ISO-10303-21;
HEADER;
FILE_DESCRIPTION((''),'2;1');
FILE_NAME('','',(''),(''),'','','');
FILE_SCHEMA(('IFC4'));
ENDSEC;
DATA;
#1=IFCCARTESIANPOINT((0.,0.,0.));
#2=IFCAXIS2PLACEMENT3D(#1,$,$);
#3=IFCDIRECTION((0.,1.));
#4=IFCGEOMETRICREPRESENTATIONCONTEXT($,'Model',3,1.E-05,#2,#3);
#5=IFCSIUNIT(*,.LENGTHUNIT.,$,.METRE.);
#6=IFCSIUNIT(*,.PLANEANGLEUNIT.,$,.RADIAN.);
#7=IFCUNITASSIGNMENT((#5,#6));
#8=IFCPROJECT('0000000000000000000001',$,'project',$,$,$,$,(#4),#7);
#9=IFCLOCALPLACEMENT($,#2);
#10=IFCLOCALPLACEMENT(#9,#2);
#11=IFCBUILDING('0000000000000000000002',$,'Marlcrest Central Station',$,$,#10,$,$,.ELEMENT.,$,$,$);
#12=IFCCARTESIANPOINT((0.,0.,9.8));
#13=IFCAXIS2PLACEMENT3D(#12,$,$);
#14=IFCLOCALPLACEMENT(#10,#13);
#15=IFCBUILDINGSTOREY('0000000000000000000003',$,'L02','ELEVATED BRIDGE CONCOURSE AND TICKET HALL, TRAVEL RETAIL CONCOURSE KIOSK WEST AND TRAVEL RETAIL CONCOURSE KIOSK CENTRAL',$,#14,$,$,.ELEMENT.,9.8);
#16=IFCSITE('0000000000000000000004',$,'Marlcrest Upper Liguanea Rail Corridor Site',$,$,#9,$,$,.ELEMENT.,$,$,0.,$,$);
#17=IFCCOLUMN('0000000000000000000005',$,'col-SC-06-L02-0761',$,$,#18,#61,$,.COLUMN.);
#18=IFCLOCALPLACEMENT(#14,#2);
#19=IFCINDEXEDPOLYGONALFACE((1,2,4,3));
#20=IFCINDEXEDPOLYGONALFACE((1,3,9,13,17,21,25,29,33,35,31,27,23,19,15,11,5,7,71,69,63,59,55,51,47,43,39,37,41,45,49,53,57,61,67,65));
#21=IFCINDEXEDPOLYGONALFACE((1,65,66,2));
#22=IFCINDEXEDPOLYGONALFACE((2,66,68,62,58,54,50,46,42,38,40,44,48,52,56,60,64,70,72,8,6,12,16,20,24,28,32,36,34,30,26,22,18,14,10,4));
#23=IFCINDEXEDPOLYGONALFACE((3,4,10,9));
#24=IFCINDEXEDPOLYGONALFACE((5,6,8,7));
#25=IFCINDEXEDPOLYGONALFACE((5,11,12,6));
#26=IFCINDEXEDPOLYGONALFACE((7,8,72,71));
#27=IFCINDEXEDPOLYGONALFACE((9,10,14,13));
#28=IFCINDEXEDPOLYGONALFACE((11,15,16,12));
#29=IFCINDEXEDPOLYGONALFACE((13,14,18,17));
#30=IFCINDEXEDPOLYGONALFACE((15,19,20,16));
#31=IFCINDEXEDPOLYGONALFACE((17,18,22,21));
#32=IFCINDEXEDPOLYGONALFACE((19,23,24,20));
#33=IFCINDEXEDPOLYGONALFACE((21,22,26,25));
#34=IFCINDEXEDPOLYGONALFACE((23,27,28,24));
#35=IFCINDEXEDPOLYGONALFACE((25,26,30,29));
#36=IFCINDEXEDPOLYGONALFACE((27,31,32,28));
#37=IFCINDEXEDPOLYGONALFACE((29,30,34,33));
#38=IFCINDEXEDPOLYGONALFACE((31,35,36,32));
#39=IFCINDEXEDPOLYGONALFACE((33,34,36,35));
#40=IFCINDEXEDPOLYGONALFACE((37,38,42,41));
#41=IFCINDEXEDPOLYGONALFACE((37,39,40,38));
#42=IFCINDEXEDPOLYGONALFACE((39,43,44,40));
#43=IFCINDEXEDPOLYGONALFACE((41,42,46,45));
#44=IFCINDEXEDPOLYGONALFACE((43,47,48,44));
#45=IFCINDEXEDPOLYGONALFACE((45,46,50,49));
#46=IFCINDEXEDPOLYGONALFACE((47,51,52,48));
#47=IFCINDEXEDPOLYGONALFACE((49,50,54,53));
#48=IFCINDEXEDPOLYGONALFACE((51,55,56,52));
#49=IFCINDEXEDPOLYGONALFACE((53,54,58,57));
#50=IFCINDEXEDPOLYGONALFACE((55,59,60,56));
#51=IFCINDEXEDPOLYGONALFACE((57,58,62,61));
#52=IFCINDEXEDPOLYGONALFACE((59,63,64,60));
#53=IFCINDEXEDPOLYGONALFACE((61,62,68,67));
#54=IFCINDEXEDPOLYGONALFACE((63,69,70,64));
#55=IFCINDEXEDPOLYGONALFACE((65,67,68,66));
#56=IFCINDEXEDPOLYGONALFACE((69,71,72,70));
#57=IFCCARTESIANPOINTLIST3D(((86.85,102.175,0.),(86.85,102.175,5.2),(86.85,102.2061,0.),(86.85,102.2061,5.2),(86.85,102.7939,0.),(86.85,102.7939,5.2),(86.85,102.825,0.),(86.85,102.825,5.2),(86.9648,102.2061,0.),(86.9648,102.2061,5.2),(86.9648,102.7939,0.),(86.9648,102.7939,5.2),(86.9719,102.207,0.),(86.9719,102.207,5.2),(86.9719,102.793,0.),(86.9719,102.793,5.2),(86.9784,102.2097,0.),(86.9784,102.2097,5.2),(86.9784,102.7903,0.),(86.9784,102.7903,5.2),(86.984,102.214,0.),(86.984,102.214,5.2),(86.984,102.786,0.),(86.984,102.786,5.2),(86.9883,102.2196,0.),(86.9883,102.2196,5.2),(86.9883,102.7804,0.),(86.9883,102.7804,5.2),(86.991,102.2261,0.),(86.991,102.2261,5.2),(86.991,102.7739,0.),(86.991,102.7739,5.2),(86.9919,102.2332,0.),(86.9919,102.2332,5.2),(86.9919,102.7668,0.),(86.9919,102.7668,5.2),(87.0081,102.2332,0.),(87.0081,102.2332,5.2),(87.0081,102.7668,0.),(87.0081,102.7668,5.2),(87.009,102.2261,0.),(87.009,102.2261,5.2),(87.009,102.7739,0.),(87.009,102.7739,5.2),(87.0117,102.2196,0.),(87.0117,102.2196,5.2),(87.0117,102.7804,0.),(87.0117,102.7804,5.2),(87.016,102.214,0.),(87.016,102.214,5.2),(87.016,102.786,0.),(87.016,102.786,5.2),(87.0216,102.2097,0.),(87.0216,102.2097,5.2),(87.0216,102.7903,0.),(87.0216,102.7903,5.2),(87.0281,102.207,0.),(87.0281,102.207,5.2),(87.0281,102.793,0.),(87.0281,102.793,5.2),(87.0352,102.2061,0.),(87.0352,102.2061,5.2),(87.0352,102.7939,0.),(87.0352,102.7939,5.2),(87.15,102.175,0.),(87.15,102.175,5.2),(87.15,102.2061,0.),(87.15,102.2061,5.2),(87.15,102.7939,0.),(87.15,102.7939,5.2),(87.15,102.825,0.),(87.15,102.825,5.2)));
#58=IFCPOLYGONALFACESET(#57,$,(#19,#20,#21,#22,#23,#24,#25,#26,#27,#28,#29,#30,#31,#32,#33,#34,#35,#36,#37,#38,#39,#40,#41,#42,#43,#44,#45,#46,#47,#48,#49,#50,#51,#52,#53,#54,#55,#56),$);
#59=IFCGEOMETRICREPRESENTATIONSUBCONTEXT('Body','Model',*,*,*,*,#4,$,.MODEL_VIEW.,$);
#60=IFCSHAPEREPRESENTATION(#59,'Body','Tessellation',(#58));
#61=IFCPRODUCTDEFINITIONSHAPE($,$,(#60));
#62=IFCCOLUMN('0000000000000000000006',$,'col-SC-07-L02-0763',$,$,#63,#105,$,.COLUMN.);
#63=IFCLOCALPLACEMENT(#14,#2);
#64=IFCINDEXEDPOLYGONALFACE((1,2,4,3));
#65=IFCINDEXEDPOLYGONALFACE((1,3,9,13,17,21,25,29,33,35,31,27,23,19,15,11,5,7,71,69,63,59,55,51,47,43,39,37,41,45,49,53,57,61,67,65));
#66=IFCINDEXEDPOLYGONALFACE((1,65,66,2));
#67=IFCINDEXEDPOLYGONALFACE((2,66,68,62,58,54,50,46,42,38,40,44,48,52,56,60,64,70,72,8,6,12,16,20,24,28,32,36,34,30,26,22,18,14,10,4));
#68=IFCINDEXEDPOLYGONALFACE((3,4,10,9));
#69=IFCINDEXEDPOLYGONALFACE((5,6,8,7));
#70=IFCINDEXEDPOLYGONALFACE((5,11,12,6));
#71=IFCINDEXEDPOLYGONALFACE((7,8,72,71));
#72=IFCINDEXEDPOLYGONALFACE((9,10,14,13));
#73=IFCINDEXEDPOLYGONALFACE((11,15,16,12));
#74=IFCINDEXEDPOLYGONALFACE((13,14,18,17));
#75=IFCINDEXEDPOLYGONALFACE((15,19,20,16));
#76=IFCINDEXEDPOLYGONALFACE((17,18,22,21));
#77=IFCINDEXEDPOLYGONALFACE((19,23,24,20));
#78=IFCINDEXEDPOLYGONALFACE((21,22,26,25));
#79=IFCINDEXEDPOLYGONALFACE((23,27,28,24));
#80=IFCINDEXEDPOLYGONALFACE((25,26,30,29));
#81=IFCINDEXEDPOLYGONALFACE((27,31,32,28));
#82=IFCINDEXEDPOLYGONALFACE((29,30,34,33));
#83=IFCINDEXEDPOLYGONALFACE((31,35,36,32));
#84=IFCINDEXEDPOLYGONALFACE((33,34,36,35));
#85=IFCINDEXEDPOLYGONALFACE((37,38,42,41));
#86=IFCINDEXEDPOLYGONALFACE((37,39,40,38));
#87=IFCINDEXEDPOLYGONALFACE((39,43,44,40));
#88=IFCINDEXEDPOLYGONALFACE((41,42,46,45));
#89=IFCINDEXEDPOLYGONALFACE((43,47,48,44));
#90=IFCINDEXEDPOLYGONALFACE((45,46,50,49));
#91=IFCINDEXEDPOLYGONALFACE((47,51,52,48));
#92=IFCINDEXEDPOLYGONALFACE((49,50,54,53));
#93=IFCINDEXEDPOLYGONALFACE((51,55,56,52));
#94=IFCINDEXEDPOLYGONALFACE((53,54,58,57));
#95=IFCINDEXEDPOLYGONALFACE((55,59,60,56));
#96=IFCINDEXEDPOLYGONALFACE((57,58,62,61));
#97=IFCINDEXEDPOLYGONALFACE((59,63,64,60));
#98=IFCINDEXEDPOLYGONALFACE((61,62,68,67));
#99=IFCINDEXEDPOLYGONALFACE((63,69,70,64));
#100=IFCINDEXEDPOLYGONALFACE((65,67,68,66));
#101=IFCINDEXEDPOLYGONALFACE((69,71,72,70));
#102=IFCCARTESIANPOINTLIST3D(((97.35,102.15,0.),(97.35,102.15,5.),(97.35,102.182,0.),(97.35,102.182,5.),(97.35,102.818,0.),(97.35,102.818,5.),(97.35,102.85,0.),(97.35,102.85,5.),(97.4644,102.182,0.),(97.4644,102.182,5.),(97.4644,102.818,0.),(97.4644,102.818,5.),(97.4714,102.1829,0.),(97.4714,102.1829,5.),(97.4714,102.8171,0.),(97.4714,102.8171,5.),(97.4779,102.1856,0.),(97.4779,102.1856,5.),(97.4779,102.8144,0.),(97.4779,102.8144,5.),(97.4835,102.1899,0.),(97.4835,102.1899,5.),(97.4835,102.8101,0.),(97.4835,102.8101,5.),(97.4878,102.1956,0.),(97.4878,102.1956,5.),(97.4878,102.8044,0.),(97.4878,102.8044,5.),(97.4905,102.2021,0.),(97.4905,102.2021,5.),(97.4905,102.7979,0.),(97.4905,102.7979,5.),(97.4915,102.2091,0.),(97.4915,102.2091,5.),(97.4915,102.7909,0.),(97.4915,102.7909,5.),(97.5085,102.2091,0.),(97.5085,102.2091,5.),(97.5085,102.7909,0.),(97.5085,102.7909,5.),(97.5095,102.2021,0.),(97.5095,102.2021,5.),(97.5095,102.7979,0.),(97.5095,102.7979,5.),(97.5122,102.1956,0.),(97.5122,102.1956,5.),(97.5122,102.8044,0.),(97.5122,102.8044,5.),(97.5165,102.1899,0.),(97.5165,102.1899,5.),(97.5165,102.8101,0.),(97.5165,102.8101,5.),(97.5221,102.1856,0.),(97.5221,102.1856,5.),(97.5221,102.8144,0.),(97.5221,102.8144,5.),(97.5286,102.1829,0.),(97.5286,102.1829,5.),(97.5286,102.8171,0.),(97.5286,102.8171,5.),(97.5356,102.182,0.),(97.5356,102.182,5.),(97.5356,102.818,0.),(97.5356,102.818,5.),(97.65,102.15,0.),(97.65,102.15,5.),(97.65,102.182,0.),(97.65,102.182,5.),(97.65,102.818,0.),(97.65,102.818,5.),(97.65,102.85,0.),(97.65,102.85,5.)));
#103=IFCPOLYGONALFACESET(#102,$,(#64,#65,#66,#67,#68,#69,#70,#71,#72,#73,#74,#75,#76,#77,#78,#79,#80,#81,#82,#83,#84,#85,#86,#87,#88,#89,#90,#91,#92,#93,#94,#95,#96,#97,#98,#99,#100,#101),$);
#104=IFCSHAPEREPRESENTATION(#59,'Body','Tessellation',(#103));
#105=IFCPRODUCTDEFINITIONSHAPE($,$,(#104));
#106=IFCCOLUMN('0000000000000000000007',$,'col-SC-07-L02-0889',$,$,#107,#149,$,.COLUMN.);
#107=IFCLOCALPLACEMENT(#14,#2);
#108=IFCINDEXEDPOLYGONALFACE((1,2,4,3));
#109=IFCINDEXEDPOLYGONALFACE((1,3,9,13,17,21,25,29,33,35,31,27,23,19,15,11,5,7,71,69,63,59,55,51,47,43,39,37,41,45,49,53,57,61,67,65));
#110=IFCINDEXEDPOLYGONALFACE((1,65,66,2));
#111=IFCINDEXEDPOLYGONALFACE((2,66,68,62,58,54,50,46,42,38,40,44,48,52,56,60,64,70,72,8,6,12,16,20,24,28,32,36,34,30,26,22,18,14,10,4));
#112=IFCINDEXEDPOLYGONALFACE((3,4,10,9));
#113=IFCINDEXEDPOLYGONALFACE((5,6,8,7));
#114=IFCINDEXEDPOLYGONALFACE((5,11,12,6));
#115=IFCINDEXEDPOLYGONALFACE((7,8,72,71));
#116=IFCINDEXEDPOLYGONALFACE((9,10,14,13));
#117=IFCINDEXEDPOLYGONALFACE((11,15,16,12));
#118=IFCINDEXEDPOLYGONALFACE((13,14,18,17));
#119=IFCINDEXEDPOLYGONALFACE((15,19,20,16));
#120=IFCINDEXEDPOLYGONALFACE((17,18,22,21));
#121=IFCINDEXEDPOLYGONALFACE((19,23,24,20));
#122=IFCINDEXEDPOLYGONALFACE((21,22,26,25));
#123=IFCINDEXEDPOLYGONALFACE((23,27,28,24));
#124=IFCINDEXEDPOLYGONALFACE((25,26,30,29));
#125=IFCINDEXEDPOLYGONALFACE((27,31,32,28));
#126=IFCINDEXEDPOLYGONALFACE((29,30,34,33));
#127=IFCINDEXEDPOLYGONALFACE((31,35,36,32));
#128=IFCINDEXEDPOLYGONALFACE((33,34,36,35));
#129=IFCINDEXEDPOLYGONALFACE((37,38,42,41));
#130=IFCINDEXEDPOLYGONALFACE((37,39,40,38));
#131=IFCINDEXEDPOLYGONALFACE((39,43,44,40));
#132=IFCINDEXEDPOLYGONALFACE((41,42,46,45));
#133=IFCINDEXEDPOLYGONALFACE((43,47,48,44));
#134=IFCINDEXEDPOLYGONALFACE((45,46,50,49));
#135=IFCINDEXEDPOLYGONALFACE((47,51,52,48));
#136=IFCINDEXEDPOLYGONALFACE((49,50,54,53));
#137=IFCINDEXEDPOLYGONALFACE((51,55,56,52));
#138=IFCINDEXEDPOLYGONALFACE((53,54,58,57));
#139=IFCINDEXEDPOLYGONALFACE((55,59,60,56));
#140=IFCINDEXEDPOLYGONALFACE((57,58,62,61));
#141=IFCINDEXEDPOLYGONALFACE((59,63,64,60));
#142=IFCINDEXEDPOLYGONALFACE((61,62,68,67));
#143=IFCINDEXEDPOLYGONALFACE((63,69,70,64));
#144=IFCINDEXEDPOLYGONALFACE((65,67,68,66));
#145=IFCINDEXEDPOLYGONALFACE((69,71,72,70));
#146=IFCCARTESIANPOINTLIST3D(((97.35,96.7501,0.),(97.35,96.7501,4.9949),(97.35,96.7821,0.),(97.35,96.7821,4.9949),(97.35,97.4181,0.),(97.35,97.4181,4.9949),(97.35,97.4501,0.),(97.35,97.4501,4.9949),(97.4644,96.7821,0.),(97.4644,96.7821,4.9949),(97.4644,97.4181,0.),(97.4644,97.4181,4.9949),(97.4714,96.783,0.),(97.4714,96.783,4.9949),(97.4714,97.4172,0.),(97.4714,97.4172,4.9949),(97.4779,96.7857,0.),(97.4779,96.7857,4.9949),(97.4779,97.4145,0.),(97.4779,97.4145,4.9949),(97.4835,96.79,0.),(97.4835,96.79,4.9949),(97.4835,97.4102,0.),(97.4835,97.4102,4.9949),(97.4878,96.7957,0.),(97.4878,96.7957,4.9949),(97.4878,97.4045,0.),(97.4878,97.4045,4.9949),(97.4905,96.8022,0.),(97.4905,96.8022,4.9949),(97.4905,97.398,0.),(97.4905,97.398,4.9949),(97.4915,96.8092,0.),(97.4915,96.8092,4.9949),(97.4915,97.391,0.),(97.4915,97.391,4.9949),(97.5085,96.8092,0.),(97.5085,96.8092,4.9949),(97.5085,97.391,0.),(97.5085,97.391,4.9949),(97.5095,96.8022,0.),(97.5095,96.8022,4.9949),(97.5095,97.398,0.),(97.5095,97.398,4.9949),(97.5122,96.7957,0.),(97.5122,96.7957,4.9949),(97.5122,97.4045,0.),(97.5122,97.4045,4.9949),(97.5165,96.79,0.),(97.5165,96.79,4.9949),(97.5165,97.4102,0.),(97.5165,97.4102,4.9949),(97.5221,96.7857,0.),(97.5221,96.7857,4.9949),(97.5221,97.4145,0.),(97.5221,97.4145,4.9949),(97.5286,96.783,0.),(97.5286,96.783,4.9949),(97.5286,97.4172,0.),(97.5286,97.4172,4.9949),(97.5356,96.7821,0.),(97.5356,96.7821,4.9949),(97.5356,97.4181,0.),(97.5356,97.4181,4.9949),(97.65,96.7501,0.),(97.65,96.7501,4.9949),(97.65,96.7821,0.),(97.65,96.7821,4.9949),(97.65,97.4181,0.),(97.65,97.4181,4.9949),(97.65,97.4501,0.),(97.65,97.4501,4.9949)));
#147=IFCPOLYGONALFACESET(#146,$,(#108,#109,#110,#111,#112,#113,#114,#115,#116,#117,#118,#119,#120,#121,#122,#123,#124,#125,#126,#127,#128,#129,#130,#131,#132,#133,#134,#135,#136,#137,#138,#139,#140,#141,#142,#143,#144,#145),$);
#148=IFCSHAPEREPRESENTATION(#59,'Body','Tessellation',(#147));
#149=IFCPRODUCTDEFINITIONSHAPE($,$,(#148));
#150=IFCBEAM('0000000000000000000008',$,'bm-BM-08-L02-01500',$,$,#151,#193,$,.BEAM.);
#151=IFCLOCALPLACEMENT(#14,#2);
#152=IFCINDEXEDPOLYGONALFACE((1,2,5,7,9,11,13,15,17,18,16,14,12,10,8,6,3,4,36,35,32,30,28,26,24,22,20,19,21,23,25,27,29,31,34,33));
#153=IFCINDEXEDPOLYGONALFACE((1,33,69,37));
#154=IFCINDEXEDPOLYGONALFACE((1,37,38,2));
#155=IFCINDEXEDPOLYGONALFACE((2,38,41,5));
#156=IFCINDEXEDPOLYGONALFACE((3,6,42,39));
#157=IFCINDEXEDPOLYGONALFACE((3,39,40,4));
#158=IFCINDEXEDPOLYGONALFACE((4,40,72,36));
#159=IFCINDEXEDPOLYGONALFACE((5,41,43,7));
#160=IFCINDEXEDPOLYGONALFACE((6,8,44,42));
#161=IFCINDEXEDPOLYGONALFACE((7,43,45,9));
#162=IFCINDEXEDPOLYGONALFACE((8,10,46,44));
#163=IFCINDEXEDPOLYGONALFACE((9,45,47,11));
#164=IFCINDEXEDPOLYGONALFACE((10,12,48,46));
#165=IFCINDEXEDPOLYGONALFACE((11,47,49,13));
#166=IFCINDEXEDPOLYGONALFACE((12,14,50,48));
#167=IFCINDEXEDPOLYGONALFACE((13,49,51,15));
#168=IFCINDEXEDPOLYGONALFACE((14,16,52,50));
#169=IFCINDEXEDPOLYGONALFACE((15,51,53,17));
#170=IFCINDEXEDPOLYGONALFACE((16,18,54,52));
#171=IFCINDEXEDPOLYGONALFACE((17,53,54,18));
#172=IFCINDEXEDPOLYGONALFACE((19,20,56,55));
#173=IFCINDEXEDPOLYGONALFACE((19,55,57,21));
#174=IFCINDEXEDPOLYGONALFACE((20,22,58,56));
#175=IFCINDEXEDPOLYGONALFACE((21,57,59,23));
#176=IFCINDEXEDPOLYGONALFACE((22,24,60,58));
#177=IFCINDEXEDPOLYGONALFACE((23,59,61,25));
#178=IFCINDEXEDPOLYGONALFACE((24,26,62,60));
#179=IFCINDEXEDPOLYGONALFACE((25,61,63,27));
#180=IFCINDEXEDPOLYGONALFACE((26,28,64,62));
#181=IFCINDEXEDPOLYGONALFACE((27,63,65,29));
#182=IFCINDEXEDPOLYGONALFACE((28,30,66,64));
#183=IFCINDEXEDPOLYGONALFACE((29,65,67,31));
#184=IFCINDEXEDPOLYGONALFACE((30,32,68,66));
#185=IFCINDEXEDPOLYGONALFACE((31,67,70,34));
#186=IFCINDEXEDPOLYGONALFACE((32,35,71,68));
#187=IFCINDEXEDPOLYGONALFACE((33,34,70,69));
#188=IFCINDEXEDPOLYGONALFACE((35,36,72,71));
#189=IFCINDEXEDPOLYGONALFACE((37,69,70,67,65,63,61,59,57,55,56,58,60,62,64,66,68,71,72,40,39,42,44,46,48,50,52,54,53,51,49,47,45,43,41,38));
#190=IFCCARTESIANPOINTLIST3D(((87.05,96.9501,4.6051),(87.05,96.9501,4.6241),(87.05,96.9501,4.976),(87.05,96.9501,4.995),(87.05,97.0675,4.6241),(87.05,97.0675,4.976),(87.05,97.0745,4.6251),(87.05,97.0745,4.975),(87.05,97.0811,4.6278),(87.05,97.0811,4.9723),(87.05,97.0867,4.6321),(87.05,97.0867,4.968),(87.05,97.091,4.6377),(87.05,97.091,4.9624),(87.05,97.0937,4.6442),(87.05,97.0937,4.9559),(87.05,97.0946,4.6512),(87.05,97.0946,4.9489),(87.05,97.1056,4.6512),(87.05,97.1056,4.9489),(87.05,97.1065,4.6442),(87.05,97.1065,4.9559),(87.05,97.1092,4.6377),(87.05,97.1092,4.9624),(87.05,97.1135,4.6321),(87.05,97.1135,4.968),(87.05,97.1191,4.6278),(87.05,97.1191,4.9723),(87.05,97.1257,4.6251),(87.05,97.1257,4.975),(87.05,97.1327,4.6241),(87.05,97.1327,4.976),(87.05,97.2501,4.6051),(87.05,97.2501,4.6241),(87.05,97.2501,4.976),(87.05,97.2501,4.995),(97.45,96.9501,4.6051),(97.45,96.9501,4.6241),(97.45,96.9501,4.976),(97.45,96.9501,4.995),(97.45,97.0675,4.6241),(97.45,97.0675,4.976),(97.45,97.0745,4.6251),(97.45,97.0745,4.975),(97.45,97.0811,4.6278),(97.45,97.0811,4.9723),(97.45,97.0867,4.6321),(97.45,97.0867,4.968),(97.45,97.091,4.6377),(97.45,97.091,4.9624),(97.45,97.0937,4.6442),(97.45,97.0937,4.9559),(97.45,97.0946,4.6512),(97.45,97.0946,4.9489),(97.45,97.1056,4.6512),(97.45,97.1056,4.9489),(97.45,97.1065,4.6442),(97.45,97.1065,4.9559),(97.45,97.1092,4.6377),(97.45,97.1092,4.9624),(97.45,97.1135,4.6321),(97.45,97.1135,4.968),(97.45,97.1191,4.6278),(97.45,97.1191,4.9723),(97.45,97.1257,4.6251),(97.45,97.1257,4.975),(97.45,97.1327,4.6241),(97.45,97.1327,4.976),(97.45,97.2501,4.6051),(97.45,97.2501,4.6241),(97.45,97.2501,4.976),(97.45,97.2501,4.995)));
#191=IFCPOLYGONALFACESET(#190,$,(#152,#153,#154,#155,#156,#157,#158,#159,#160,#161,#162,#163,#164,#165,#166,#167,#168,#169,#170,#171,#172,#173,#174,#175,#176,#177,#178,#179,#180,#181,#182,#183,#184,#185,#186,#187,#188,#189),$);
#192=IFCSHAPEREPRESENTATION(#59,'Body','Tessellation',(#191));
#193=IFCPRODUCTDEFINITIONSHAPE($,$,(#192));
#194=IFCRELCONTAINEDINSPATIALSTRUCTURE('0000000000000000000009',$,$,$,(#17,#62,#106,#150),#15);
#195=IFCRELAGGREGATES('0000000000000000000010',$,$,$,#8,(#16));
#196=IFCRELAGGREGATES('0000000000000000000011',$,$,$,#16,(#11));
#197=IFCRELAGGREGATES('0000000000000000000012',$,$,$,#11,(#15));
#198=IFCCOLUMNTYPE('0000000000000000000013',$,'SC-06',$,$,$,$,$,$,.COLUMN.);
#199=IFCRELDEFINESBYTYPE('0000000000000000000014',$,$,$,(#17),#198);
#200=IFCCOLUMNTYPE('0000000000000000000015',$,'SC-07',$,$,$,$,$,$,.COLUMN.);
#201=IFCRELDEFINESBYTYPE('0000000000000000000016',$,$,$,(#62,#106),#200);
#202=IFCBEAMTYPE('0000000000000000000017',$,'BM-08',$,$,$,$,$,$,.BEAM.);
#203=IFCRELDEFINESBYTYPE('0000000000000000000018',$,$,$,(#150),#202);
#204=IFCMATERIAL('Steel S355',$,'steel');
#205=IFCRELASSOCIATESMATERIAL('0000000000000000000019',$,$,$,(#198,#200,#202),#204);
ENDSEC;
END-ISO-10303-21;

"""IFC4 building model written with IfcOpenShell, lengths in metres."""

from ifc_helpers import new_model, si_unit, direction, frame, origin, origin_2d, place, context, subcontext, project, spatial, i_section, extrude, material, material_profile, profile_set, type_object, element, save


model = new_model("IFC4")

# Units and contexts
model_context = context("Model", 3, precision=1e-05, world=origin(), true_north=direction((0.0, 1.0)))
body_context = subcontext(model_context, "Body", "Model", "MODEL_VIEW")
ifc_project = project(units=[si_unit("LENGTHUNIT", "METRE"), si_unit("PLANEANGLEUNIT", "RADIAN")], contexts=[model_context])

# Site, building, storey
site_placement = place(None, origin())
site = spatial("IfcSite", under=ifc_project, at=site_placement, Name="Marlcrest Upper Liguanea Rail Corridor Site", CompositionType="ELEMENT", RefElevation=0.0)
building_placement = place(site_placement, origin())
building = spatial("IfcBuilding", under=site, at=building_placement, Name="Marlcrest Central Station", CompositionType="ELEMENT")
storey_placement = place(building_placement, frame((0.0, 0.0, 9.8)))
storey = spatial("IfcBuildingStorey", under=building, at=storey_placement, Name="L02", Description="ELEVATED BRIDGE CONCOURSE AND TICKET HALL, TRAVEL RETAIL CONCOURSE KIOSK WEST AND TRAVEL RETAIL CONCOURSE KIOSK CENTRAL", CompositionType="ELEMENT", Elevation=9.8)

# Columns
ifc_material_1 = material(Name="Steel S355", Category="steel")
ifc_material_profile_1 = material_profile(ifc_material_1, i_section(OverallWidth=0.3, OverallDepth=0.6499, WebThickness=0.0161, FlangeThickness=0.031, FilletRadius=0.0271, at=origin_2d()), Name="HEB 650")
ifc_profile_set_1 = profile_set([ifc_material_profile_1], Name="Steel S355")
column_type_1 = type_object("IfcColumnType", Name="SC-06", PredefinedType="COLUMN", material=ifc_profile_set_1)
column_1_placement = place(storey_placement, frame((87.0, 102.5, 0.0), z_axis=(0.0, 0.0, 1.0), x_axis=(1.0, 0.0, 0.0)))
element("IfcColumn", 1, at=column_1_placement, inside=storey, type_object=column_type_1, Name="col-SC-06-L02-0761", PredefinedType="COLUMN", context=body_context, shape_type="SweptSolid", body=[
    extrude(i_section(OverallWidth=0.3, OverallDepth=0.6499, WebThickness=0.0161, FlangeThickness=0.031, FilletRadius=0.0271, at=origin_2d()), origin(), (0.0, 0.0, 1.0), 5.2),
])
ifc_material_profile_2 = material_profile(ifc_material_1, i_section(OverallWidth=0.3, OverallDepth=0.7, WebThickness=0.0171, FlangeThickness=0.032, FilletRadius=0.0271, at=origin_2d()), Name="HEB 700")
ifc_profile_set_2 = profile_set([ifc_material_profile_2], Name="Steel S355")
column_type_2 = type_object("IfcColumnType", Name="SC-07", PredefinedType="COLUMN", material=ifc_profile_set_2)
column_2_placement = place(storey_placement, frame((97.5, 102.5, 0.0), z_axis=(0.0, 0.0, 1.0), x_axis=(1.0, 0.0, 0.0)))
element("IfcColumn", 2, at=column_2_placement, inside=storey, type_object=column_type_2, Name="col-SC-07-L02-0763", PredefinedType="COLUMN", context=body_context, shape_type="SweptSolid", body=[
    extrude(i_section(OverallWidth=0.3, OverallDepth=0.7, WebThickness=0.0171, FlangeThickness=0.032, FilletRadius=0.0271, at=origin_2d()), origin(), (0.0, 0.0, 1.0), 5.0),
])
column_3_placement = place(storey_placement, frame((97.5, 97.1001, 0.0), z_axis=(0.0, 0.0, 1.0), x_axis=(1.0, 0.0, 0.0)))
element("IfcColumn", 3, at=column_3_placement, inside=storey, type_object=column_type_2, Name="col-SC-07-L02-0889", PredefinedType="COLUMN", context=body_context, shape_type="SweptSolid", body=[
    extrude(i_section(OverallWidth=0.3, OverallDepth=0.7, WebThickness=0.0171, FlangeThickness=0.032, FilletRadius=0.0271, at=origin_2d()), origin(), (0.0, 0.0, 1.0), 4.9949),
])

# Beam
ifc_material_profile_3 = material_profile(ifc_material_1, i_section(OverallWidth=0.3, OverallDepth=0.3899, WebThickness=0.011, FlangeThickness=0.019, FilletRadius=0.0271, at=origin_2d()), Name="HEA 400")
ifc_profile_set_3 = profile_set([ifc_material_profile_3], Name="Steel S355")
beam_type_1 = type_object("IfcBeamType", Name="BM-08", PredefinedType="BEAM", material=ifc_profile_set_3)
for number, where, z_axis, x_axis, name in (
    (4, (87.05, 97.1001, 4.8), (1.0, 0.0, 0.0), (0.0, 1.0, 0.0), "bm-BM-08-L02-01500"),
):
    element("IfcBeam", number, at=place(storey_placement, frame(where, z_axis=z_axis, x_axis=x_axis)), inside=storey, type_object=beam_type_1, Name=name, PredefinedType="BEAM", context=body_context, shape_type="SweptSolid", body=[
        extrude(i_section(OverallWidth=0.3, OverallDepth=0.3899, WebThickness=0.011, FlangeThickness=0.019, FilletRadius=0.0271, at=origin_2d()), origin(), (0.0, 0.0, 1.0), 10.3999),
    ])

save(model, "model.ifc")
